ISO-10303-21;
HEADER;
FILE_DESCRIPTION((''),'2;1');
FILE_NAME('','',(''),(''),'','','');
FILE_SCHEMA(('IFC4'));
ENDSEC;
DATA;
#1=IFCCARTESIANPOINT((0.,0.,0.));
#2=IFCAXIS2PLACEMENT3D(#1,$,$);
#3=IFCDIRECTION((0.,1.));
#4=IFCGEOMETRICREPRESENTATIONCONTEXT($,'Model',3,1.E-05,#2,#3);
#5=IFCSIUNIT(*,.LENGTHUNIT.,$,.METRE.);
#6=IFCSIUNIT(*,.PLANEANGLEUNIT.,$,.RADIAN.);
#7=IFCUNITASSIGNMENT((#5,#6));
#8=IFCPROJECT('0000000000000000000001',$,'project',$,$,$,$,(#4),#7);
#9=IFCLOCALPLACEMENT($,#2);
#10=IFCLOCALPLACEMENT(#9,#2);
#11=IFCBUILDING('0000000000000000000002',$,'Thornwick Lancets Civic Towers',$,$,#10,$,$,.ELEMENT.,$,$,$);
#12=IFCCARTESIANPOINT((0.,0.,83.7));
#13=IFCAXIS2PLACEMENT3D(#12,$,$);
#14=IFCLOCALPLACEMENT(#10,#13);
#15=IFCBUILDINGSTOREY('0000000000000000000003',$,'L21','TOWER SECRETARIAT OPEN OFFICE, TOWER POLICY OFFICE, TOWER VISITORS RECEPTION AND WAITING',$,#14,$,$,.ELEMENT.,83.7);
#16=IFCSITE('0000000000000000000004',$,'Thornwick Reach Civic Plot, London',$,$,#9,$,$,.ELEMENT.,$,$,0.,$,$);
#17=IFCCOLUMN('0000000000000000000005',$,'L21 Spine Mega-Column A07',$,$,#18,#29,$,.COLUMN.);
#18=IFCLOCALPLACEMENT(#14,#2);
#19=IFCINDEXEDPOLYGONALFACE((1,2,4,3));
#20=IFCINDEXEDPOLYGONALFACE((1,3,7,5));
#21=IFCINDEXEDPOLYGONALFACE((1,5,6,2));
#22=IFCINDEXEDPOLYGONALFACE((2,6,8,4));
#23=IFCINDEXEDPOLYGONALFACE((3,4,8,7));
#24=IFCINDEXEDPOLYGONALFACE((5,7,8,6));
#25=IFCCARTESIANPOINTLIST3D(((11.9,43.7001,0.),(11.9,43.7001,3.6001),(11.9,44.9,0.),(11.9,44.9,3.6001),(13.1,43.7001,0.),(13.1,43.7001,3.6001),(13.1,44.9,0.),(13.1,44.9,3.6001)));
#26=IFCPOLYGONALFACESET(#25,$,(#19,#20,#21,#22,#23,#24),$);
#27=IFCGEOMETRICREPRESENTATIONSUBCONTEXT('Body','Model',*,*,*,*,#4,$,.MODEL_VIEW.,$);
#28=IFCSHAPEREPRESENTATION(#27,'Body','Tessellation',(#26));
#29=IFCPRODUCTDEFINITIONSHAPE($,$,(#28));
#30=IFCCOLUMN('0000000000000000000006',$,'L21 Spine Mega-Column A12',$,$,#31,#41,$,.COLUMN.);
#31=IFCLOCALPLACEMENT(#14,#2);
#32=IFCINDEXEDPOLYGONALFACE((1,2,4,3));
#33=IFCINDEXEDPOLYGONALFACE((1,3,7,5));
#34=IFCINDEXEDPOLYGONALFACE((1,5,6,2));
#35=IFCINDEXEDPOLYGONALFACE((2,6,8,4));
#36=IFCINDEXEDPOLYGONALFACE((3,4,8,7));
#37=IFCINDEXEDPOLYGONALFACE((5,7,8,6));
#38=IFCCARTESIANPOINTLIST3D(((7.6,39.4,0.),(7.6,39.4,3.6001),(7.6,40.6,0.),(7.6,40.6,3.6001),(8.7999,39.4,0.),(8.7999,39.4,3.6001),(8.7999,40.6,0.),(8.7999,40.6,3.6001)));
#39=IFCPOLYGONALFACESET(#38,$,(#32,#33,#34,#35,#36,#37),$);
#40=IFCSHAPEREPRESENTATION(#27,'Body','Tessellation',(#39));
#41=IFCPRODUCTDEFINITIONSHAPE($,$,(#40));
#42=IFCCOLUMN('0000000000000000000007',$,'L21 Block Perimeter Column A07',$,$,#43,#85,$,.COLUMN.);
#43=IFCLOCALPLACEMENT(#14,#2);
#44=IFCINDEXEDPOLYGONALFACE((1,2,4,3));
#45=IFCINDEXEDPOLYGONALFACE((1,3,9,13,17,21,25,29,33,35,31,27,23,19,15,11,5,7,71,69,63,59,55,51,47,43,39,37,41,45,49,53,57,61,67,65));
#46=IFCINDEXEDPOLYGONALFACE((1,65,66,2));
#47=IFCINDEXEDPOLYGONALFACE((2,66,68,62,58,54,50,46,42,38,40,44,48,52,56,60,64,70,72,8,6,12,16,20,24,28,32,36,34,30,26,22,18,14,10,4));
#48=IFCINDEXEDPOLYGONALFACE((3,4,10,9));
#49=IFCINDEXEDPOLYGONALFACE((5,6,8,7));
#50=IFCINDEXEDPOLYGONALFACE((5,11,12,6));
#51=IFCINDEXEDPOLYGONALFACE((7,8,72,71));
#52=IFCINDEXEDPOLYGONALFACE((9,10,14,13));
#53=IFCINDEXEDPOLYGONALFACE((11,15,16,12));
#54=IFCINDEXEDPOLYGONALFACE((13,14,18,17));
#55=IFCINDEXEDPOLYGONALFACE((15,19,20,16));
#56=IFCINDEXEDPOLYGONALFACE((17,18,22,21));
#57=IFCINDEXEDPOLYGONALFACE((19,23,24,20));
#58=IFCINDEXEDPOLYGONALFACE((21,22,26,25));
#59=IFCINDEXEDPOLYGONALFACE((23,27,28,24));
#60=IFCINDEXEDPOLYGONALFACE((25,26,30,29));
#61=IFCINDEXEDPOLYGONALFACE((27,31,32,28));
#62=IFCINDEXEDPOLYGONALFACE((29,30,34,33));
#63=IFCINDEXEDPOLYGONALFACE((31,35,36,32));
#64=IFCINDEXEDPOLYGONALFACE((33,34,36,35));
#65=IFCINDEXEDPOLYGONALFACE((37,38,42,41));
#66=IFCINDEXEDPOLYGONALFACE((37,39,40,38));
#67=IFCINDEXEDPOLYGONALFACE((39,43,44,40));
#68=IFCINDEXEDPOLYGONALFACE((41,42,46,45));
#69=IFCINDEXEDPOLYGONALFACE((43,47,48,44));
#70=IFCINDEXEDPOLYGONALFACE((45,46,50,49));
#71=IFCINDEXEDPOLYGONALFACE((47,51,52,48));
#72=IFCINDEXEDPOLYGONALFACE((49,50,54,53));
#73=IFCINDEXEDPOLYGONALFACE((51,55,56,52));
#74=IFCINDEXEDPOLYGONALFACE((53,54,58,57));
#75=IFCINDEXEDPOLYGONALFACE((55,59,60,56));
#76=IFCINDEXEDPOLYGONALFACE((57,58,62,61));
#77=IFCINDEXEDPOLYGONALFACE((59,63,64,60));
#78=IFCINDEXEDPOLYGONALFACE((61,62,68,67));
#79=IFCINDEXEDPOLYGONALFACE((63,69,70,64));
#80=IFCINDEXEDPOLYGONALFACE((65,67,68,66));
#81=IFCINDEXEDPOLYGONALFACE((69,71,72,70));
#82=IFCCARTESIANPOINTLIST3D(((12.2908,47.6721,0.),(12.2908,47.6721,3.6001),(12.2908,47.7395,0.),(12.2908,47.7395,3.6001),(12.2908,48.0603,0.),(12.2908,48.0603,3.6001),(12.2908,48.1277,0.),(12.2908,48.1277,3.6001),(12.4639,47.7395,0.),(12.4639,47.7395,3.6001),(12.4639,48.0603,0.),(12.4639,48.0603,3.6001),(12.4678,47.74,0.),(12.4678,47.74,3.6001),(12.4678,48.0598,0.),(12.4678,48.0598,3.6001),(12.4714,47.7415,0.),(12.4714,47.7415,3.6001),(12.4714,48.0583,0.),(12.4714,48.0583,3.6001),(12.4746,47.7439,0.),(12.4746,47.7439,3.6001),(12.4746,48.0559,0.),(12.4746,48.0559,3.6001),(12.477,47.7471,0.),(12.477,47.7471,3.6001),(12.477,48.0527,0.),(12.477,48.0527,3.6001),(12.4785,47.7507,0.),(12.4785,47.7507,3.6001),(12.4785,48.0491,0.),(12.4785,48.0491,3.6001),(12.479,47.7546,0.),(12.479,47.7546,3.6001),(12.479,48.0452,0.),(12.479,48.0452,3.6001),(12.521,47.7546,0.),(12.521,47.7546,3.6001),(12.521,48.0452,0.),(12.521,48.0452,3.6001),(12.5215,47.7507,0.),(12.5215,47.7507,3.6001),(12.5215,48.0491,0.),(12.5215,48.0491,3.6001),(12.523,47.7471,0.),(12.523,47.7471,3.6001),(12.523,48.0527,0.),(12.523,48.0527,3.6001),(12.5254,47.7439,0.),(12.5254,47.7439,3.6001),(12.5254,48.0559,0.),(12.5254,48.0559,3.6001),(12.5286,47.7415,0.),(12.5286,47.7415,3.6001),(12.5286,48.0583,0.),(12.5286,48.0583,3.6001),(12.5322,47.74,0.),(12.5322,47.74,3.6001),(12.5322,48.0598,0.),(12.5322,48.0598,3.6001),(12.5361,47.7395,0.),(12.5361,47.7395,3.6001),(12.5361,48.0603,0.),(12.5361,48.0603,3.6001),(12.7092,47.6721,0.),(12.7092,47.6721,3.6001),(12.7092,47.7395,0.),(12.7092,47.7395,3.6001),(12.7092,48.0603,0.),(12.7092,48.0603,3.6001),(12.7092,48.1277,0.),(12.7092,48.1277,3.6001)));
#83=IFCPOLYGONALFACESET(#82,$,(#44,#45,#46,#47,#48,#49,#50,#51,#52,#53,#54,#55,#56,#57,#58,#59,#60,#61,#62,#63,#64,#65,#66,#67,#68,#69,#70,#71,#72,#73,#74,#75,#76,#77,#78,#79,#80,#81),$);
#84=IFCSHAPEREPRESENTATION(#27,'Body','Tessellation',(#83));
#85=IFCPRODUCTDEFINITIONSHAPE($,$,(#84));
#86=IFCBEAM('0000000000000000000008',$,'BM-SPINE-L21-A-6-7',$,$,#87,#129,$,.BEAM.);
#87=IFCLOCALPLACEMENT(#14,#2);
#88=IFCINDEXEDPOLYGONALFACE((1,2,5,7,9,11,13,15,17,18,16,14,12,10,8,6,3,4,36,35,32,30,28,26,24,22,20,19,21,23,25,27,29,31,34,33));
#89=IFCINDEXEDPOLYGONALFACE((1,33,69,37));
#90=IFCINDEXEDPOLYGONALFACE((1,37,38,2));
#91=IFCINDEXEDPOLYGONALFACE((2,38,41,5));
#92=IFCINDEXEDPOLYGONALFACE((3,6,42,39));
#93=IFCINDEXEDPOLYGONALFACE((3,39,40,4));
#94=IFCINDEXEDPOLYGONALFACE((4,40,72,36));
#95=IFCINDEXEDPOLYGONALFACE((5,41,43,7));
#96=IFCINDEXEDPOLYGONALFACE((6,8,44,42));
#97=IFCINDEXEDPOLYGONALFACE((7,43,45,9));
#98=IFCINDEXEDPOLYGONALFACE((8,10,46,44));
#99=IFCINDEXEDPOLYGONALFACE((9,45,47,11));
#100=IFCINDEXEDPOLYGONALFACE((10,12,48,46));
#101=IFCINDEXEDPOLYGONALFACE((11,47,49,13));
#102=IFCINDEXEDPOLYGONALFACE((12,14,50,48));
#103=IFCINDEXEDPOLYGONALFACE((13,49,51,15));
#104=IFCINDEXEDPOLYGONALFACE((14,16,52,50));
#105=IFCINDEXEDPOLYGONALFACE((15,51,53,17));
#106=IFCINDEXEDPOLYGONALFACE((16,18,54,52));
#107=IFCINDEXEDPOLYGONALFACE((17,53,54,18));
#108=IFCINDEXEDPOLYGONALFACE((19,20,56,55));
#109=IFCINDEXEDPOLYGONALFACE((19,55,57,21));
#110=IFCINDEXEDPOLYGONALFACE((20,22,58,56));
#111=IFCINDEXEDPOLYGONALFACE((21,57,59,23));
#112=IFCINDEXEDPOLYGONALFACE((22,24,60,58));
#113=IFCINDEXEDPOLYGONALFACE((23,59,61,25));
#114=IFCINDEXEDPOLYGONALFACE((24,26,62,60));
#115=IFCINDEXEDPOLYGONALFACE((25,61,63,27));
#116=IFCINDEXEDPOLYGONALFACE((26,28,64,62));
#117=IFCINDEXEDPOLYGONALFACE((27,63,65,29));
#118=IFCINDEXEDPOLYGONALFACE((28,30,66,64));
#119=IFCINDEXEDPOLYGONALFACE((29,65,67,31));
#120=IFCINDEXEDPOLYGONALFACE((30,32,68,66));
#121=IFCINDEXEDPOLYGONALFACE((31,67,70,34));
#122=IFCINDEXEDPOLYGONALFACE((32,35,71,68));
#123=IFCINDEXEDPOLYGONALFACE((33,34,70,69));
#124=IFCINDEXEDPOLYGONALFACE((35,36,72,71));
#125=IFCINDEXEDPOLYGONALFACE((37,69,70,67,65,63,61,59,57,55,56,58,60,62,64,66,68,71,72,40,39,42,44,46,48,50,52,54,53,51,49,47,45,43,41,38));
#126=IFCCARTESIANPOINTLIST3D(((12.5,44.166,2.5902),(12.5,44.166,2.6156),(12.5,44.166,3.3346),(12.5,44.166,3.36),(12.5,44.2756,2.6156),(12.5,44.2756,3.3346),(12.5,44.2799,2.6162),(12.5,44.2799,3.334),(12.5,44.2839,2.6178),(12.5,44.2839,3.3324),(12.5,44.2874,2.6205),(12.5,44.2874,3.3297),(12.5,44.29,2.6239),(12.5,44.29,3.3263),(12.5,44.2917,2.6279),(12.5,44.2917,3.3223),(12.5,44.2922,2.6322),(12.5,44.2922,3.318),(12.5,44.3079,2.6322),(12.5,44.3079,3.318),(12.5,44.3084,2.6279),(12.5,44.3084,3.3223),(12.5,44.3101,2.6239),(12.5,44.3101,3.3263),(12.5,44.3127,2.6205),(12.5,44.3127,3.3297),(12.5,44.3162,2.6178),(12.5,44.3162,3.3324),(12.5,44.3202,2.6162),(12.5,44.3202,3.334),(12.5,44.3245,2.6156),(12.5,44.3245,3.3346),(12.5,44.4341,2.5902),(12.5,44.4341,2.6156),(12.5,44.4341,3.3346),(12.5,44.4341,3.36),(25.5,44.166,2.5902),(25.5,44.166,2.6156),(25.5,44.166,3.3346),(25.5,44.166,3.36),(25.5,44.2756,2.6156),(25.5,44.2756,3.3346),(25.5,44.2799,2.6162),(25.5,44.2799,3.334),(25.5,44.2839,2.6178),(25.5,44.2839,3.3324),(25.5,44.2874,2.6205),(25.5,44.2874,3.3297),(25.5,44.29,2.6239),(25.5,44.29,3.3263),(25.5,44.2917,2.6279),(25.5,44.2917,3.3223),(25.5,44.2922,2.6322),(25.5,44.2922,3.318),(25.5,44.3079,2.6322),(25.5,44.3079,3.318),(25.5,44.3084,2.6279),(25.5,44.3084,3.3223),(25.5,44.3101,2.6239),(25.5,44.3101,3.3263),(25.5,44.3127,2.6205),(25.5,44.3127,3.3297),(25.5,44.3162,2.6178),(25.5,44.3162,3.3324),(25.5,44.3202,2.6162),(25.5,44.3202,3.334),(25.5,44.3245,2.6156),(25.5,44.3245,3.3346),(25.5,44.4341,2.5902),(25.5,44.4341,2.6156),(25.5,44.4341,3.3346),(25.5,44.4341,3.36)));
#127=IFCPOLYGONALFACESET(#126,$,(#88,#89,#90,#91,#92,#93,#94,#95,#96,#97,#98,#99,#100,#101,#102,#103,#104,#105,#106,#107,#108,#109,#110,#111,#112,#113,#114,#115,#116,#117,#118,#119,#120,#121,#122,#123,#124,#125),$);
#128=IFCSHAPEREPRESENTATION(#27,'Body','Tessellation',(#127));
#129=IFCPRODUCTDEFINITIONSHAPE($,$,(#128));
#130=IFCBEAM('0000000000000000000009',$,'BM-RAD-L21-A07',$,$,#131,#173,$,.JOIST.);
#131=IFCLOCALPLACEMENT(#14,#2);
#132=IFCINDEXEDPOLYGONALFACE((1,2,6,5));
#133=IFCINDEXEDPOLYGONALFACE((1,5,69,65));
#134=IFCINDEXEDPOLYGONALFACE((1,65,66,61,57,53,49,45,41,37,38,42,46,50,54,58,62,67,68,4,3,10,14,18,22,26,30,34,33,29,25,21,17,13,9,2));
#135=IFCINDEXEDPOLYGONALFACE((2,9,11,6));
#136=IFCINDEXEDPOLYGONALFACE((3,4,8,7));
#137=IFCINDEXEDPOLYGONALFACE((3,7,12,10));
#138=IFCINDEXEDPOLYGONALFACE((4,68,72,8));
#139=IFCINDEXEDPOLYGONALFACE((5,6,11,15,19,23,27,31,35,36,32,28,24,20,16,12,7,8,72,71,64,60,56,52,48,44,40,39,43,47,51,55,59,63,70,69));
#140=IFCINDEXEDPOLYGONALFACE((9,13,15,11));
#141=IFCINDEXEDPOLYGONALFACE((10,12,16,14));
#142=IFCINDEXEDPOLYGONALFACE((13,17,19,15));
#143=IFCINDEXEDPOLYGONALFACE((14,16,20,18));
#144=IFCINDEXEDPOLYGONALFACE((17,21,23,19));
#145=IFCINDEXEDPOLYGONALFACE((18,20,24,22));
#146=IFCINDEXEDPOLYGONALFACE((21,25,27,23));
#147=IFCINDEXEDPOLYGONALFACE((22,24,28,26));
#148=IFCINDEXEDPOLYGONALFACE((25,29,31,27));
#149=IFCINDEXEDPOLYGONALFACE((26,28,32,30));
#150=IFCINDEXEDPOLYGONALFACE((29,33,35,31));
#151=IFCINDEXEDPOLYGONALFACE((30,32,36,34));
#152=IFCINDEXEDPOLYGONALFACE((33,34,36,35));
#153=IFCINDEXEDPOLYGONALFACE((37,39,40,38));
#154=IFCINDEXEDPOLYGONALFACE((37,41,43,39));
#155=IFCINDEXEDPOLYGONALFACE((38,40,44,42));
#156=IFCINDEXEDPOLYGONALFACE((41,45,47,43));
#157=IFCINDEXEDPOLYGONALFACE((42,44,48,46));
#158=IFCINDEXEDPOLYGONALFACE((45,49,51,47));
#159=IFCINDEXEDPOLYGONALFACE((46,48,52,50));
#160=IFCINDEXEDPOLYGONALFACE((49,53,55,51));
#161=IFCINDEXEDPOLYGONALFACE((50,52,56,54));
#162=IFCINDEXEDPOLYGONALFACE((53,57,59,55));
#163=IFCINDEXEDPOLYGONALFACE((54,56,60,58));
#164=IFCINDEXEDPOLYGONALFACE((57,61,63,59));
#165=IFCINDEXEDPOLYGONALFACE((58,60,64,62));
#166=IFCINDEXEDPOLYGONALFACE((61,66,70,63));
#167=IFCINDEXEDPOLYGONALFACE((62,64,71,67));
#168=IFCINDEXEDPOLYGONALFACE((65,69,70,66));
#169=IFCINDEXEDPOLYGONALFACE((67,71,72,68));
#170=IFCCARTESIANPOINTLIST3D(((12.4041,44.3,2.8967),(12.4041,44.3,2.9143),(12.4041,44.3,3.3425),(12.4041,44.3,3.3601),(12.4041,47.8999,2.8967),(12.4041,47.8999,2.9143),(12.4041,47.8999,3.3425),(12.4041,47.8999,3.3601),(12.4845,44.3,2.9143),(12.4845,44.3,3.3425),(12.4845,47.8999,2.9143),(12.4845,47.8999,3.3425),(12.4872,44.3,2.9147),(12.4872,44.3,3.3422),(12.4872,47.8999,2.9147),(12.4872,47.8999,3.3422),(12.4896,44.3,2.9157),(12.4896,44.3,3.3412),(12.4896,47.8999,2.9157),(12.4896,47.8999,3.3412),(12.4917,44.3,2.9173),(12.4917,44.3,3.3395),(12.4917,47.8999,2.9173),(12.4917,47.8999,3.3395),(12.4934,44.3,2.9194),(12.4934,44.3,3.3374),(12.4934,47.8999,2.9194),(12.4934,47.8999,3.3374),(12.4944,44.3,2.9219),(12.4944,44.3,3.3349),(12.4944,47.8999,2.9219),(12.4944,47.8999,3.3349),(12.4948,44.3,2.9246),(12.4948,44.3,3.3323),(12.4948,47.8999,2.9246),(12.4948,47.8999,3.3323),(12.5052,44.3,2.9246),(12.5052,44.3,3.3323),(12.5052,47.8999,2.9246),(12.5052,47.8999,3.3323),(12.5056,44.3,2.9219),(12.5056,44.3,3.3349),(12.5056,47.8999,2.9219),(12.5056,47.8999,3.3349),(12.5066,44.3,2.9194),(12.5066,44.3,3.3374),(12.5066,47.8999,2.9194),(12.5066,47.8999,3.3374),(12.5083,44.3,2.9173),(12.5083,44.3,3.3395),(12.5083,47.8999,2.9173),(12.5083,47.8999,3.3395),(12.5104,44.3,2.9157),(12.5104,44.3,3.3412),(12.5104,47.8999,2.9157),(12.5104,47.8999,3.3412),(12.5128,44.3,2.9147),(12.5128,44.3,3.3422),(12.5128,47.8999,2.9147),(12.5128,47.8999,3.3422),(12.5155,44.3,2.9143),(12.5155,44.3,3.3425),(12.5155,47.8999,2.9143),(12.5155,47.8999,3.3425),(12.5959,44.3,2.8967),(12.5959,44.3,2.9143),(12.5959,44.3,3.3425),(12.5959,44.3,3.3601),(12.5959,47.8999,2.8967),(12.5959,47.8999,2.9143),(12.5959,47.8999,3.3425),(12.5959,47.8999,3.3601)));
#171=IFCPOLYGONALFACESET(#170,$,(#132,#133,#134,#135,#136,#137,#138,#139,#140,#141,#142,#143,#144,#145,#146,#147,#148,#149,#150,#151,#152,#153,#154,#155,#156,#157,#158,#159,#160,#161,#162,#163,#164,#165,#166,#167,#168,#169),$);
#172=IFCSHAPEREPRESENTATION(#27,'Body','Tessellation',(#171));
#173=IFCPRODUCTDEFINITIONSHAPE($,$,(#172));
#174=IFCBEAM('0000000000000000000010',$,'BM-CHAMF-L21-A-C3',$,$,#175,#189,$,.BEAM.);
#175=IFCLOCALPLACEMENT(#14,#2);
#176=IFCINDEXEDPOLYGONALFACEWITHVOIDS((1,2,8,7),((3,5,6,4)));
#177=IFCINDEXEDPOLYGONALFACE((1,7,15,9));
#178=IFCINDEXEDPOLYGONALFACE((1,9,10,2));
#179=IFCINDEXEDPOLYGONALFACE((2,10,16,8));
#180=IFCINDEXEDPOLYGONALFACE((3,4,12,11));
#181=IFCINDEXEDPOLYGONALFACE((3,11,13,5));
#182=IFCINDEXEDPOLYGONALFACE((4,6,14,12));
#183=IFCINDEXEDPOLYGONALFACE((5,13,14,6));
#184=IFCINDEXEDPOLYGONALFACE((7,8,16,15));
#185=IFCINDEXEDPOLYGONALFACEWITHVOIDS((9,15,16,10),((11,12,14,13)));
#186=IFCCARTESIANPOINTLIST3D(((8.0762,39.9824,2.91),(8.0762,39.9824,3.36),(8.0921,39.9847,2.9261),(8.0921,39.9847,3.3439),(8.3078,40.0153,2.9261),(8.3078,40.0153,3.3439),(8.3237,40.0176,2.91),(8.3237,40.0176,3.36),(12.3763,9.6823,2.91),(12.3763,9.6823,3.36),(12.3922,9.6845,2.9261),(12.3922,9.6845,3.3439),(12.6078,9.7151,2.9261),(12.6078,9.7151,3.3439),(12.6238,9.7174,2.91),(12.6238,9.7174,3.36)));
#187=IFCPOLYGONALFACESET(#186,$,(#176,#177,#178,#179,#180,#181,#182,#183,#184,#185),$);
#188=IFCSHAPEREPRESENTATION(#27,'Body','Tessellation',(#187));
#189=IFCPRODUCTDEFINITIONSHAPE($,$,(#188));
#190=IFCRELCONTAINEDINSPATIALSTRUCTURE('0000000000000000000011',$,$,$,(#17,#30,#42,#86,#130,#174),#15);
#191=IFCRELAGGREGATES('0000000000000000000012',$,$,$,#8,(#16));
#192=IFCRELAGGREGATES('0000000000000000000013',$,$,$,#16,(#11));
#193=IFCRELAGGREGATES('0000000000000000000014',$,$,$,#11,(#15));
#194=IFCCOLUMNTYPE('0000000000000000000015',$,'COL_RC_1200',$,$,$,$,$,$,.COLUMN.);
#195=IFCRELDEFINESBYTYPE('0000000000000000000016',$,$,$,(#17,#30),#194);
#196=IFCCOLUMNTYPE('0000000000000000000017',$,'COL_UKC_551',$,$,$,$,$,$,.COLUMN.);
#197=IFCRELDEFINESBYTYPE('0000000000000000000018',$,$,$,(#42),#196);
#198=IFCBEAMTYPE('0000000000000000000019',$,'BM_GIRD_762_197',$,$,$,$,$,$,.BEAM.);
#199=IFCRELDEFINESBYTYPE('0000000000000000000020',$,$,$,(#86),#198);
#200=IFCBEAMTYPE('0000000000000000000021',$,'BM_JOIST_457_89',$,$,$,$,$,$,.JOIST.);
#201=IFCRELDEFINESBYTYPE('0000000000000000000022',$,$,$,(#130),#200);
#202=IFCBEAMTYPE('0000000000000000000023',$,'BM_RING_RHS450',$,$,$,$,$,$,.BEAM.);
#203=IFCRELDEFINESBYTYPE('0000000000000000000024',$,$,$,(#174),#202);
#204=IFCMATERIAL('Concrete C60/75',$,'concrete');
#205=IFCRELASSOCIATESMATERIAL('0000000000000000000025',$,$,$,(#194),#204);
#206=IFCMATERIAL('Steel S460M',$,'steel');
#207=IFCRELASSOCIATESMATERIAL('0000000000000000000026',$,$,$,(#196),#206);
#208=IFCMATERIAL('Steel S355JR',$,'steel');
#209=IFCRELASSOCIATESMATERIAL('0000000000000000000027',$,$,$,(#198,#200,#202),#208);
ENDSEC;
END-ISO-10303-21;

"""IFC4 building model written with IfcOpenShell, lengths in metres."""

from ifc_helpers import new_model, si_unit, direction, frame, origin, origin_2d, place, context, subcontext, project, spatial, rectangle, hollow_rectangle, i_section, extrude, material, material_profile, profile_set, type_object, element, save


model = new_model("IFC4")

# Units and contexts
model_context = context("Model", 3, precision=1e-05, world=origin(), true_north=direction((0.0, 1.0)))
body_context = subcontext(model_context, "Body", "Model", "MODEL_VIEW")
ifc_project = project(units=[si_unit("LENGTHUNIT", "METRE"), si_unit("PLANEANGLEUNIT", "RADIAN")], contexts=[model_context])

# Site, building, storey
site_placement = place(None, origin())
site = spatial("IfcSite", under=ifc_project, at=site_placement, Name="Thornwick Reach Civic Plot, London", CompositionType="ELEMENT", RefElevation=0.0)
building_placement = place(site_placement, origin())
building = spatial("IfcBuilding", under=site, at=building_placement, Name="Thornwick Lancets Civic Towers", CompositionType="ELEMENT")
storey_placement = place(building_placement, frame((0.0, 0.0, 83.7)))
storey = spatial("IfcBuildingStorey", under=building, at=storey_placement, Name="L21", Description="TOWER SECRETARIAT OPEN OFFICE, TOWER POLICY OFFICE, TOWER VISITORS RECEPTION AND WAITING", CompositionType="ELEMENT", Elevation=83.7)

# Columns
ifc_material_1 = material(Name="Concrete C60/75", Category="concrete")
ifc_material_profile_1 = material_profile(ifc_material_1, rectangle(XDim=1.2, YDim=1.2, at=origin_2d()), Name="RC 1200x1200")
ifc_profile_set_1 = profile_set([ifc_material_profile_1], Name="Concrete C60/75")
column_type_1 = type_object("IfcColumnType", Name="COL_RC_1200", PredefinedType="COLUMN", material=ifc_profile_set_1)
for number, where, z_axis, x_axis, name in (
    (1, (12.5, 44.3, 0.0), (0.0, 0.0, 1.0), (1.0, 0.0, 0.0), "L21 Spine Mega-Column A07"),
    (2, (8.2, 40.0, 0.0), (0.0, 0.0, 1.0), (1.0, 0.0, 0.0), "L21 Spine Mega-Column A12"),
):
    element("IfcColumn", number, at=place(storey_placement, frame(where, z_axis=z_axis, x_axis=x_axis)), inside=storey, type_object=column_type_1, Name=name, PredefinedType="COLUMN", context=body_context, shape_type="SweptSolid", body=[
        extrude(rectangle(XDim=1.2, YDim=1.2, at=origin_2d()), origin(), (0.0, 0.0, 1.0), 3.6001),
    ])
ifc_material_2 = material(Name="Steel S460M", Category="steel")
ifc_material_profile_2 = material_profile(ifc_material_2, i_section(OverallWidth=0.4185, OverallDepth=0.4556, WebThickness=0.042, FlangeThickness=0.0674, FilletRadius=0.0151, at=origin_2d()), Name="UKC 356x406x551")
ifc_profile_set_2 = profile_set([ifc_material_profile_2], Name="Steel S460M")
column_type_2 = type_object("IfcColumnType", Name="COL_UKC_551", PredefinedType="COLUMN", material=ifc_profile_set_2)
column_placement = place(storey_placement, frame((12.5, 47.8999, 0.0), z_axis=(0.0, 0.0, 1.0), x_axis=(1.0, 0.0, 0.0)))
element("IfcColumn", 3, at=column_placement, inside=storey, type_object=column_type_2, Name="L21 Block Perimeter Column A07", PredefinedType="COLUMN", context=body_context, shape_type="SweptSolid", body=[
    extrude(i_section(OverallWidth=0.4185, OverallDepth=0.4556, WebThickness=0.042, FlangeThickness=0.0674, FilletRadius=0.0151, at=origin_2d()), origin(), (0.0, 0.0, 1.0), 3.6001),
])

# Beams
ifc_material_3 = material(Name="Steel S355JR", Category="steel")
ifc_material_profile_3 = material_profile(ifc_material_3, i_section(OverallWidth=0.2681, OverallDepth=0.7698, WebThickness=0.0156, FlangeThickness=0.0254, FilletRadius=0.0166, at=origin_2d()), Name="UKB 762x267x197")
ifc_profile_set_3 = profile_set([ifc_material_profile_3], Name="Steel S355JR")
beam_type_1 = type_object("IfcBeamType", Name="BM_GIRD_762_197", PredefinedType="BEAM", material=ifc_profile_set_3)
beam_1_placement = place(storey_placement, frame((12.5, 44.3, 2.9751), z_axis=(1.0, 0.0, 0.0), x_axis=(0.0, 1.0, 0.0)))
element("IfcBeam", 4, at=beam_1_placement, inside=storey, type_object=beam_type_1, Name="BM-SPINE-L21-A-6-7", PredefinedType="BEAM", context=body_context, shape_type="SweptSolid", body=[
    extrude(i_section(OverallWidth=0.2681, OverallDepth=0.7698, WebThickness=0.0156, FlangeThickness=0.0254, FilletRadius=0.0166, at=origin_2d()), origin(), (0.0, 0.0, 1.0), 13.0),
])
ifc_material_profile_4 = material_profile(ifc_material_3, i_section(OverallWidth=0.1919, OverallDepth=0.4634, WebThickness=0.0105, FlangeThickness=0.0176, FilletRadius=0.0103, at=origin_2d()), Name="UKB 457x191x89")
ifc_profile_set_4 = profile_set([ifc_material_profile_4], Name="Steel S355JR")
beam_type_2 = type_object("IfcBeamType", Name="BM_JOIST_457_89", PredefinedType="JOIST", material=ifc_profile_set_4)
beam_2_placement = place(storey_placement, frame((12.5, 44.3, 3.1284), z_axis=(0.0, 1.0, 0.0), x_axis=(-1.0, 0.0, 0.0)))
element("IfcBeam", 5, at=beam_2_placement, inside=storey, type_object=beam_type_2, Name="BM-RAD-L21-A07", PredefinedType="JOIST", context=body_context, shape_type="SweptSolid", body=[
    extrude(i_section(OverallWidth=0.1919, OverallDepth=0.4634, WebThickness=0.0105, FlangeThickness=0.0176, FilletRadius=0.0103, at=origin_2d()), origin(), (0.0, 0.0, 1.0), 3.5999),
])
ifc_material_profile_5 = material_profile(ifc_material_3, hollow_rectangle(XDim=0.25, YDim=0.45, WallThickness=0.0161, at=origin_2d()), Name="RHS 450x250x16")
ifc_profile_set_5 = profile_set([ifc_material_profile_5], Name="Steel S355JR")
beam_type_3 = type_object("IfcBeamType", Name="BM_RING_RHS450", PredefinedType="BEAM", material=ifc_profile_set_5)
beam_3_placement = place(storey_placement, frame((8.2, 40.0, 3.135), z_axis=(0.140508, -0.99008, 0.0), x_axis=(0.99008, 0.140508, 0.0)))
element("IfcBeam", 6, at=beam_3_placement, inside=storey, type_object=beam_type_3, Name="BM-CHAMF-L21-A-C3", PredefinedType="BEAM", context=body_context, shape_type="SweptSolid", body=[
    extrude(hollow_rectangle(XDim=0.25, YDim=0.45, WallThickness=0.0161, at=origin_2d()), origin(), (0.0, 0.0, 1.0), 30.6038),
])

save(model, "model.ifc")
